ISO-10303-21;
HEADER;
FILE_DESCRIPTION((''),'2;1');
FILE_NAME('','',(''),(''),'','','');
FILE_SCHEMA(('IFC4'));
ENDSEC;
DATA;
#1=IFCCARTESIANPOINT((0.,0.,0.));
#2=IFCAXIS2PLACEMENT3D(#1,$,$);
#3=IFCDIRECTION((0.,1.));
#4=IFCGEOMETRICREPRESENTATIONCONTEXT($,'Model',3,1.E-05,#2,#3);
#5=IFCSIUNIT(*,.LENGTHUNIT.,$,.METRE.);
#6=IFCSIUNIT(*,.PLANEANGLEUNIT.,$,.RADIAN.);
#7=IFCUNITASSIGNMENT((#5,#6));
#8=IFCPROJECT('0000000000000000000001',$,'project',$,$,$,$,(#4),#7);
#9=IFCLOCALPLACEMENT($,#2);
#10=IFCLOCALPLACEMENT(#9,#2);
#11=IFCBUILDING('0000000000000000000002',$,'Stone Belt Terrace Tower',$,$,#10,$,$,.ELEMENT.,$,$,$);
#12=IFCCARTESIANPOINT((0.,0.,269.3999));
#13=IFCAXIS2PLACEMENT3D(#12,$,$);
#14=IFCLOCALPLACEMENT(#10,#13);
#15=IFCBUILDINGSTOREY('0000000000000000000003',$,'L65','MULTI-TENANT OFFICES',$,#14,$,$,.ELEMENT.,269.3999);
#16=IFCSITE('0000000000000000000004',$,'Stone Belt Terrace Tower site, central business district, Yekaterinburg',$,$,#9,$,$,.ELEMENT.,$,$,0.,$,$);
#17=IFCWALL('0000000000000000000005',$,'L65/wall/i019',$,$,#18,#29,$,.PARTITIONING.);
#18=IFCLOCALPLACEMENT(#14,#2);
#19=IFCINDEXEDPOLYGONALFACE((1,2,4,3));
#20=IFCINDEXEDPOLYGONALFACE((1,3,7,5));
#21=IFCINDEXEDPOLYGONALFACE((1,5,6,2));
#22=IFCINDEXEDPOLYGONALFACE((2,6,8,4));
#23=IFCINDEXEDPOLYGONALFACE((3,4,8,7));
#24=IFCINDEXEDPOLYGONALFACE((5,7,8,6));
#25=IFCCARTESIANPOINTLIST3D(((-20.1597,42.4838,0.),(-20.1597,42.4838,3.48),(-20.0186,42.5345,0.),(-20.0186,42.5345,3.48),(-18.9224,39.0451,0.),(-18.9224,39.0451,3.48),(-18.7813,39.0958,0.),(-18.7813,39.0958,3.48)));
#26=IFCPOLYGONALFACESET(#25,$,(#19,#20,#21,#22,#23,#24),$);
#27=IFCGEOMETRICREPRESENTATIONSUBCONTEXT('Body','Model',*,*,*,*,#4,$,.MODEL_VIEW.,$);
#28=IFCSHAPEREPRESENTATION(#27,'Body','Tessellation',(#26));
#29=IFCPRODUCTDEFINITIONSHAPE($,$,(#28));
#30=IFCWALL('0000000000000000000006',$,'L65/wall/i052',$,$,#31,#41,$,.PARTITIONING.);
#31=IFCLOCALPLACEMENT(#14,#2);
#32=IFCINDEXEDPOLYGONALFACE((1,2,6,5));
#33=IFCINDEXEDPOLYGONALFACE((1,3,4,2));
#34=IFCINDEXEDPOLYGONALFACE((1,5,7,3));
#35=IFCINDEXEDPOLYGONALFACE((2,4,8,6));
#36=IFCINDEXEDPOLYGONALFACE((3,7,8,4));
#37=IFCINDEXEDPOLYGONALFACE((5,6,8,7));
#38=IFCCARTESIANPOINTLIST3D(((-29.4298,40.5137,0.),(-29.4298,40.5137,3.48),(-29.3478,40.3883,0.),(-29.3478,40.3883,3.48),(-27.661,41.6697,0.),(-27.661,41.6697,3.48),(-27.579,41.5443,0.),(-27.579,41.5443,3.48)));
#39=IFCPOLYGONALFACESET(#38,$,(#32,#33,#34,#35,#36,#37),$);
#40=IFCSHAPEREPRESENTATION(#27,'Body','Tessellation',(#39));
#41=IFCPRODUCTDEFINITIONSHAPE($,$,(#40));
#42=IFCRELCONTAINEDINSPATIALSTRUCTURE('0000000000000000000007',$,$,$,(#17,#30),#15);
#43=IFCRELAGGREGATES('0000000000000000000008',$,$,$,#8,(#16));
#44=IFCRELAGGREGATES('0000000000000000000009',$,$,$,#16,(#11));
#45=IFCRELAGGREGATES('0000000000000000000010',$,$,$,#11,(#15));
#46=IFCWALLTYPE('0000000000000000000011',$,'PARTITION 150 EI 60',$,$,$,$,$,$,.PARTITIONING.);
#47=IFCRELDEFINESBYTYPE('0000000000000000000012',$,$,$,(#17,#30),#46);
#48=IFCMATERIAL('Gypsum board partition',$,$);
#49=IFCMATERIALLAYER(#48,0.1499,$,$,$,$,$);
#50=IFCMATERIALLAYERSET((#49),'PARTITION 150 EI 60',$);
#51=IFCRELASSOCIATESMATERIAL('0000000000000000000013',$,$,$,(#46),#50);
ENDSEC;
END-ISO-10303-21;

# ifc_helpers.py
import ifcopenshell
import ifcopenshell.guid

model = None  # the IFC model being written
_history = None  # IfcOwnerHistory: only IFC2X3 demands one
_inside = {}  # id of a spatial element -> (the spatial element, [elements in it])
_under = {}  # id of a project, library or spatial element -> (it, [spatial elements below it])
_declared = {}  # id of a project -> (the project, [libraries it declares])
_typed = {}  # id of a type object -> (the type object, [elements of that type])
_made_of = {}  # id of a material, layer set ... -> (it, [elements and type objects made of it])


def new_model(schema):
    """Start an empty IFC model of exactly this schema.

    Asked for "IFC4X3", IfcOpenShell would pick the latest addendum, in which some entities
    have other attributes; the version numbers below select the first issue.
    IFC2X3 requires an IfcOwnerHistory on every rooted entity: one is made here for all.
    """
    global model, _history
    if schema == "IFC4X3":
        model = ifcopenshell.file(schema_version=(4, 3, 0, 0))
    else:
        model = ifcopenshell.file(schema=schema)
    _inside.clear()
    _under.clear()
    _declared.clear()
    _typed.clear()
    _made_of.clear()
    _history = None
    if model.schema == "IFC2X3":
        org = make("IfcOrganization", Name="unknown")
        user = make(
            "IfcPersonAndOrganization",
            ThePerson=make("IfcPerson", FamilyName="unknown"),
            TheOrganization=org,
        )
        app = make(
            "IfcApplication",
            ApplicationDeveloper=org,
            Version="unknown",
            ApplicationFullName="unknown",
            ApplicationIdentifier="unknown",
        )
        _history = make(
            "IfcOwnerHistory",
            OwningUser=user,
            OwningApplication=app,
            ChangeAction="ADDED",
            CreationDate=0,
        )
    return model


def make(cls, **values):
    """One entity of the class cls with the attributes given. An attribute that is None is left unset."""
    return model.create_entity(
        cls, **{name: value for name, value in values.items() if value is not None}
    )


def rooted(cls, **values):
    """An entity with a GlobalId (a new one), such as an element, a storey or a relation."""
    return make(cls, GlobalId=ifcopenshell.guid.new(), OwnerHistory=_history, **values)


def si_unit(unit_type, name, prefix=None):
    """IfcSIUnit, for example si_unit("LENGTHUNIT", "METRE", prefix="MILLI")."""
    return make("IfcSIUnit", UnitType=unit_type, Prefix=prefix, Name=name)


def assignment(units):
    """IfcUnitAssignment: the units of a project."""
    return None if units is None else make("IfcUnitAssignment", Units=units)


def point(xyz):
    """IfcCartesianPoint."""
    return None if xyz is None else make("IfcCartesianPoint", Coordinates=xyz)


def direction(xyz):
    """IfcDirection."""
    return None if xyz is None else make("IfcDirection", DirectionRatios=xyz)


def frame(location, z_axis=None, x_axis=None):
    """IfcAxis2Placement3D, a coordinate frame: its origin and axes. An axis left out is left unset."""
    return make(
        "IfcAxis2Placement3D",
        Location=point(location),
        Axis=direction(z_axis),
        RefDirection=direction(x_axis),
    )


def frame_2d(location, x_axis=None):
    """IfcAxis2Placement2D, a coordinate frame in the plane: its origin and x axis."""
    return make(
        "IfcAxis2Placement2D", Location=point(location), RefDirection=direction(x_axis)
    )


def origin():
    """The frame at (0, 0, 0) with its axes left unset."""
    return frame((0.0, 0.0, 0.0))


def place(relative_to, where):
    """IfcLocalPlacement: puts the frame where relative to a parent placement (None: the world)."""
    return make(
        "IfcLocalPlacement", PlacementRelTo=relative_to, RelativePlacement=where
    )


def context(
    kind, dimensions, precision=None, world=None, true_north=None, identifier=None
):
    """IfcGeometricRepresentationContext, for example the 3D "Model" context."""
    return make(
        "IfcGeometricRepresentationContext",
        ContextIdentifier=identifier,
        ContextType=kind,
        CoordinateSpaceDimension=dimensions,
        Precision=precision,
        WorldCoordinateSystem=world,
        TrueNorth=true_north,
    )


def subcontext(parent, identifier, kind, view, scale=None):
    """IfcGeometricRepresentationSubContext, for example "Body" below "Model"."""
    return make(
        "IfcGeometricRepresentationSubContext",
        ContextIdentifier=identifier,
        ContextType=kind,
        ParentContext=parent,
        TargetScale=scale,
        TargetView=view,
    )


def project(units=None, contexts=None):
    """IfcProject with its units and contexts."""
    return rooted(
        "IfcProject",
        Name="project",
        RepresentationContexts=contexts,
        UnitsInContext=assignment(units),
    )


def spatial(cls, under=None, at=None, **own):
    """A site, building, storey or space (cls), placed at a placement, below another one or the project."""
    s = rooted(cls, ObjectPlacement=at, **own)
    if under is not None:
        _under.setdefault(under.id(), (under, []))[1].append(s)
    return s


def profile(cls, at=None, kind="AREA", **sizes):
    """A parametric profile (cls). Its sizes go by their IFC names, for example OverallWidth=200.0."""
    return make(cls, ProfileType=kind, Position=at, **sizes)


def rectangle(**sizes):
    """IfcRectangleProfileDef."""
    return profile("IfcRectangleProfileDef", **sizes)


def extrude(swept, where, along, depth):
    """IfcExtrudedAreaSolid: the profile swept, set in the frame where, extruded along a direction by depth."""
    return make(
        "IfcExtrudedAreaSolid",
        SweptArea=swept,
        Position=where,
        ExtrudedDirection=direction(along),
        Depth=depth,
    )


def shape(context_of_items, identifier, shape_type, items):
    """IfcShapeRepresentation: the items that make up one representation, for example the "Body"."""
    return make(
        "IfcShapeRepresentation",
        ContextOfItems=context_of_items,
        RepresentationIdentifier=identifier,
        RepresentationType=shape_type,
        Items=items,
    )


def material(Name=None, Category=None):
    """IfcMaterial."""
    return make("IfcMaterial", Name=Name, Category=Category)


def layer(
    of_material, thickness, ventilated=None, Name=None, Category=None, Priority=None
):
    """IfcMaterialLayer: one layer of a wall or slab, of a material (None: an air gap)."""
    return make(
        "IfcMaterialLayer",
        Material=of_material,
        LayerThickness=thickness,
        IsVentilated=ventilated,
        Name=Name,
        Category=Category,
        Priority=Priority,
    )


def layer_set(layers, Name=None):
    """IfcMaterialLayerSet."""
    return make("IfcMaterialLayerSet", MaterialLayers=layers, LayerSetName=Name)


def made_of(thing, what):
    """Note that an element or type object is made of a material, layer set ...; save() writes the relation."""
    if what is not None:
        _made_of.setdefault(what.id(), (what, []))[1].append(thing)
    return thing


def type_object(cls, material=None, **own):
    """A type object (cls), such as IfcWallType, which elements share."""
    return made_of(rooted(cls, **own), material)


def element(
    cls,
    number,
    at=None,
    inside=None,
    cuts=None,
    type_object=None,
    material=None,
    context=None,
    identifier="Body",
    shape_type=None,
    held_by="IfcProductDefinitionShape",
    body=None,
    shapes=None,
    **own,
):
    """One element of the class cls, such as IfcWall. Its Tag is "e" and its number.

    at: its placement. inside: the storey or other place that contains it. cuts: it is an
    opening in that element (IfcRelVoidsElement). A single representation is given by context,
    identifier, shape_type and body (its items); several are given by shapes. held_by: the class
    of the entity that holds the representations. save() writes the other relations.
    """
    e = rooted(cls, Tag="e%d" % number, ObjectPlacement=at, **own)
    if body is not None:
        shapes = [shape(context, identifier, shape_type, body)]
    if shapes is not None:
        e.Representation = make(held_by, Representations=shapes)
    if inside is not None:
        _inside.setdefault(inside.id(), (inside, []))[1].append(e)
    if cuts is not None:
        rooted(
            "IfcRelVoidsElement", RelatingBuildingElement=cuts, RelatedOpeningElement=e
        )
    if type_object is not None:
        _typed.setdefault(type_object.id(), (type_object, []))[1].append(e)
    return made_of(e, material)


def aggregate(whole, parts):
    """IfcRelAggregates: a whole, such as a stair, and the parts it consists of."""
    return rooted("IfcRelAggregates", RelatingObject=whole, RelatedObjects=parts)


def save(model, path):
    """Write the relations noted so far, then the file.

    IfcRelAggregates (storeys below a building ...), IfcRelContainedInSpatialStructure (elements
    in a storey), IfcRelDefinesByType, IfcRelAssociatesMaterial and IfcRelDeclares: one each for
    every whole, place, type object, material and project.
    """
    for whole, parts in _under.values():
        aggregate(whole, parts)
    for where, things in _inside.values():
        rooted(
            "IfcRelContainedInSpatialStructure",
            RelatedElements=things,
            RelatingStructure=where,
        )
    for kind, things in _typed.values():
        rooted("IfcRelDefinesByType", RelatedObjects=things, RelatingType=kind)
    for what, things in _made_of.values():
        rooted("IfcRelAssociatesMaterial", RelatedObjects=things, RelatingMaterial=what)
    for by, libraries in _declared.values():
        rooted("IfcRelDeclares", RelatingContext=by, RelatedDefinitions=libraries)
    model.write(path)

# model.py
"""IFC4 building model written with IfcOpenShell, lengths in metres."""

from ifc_helpers import new_model, si_unit, direction, frame, frame_2d, origin, place, context, subcontext, project, spatial, rectangle, extrude, material, layer, layer_set, type_object, element, save


model = new_model("IFC4")

# Units and contexts
model_context = context("Model", 3, precision=1e-05, world=origin(), true_north=direction((0.0, 1.0)))
body_context = subcontext(model_context, "Body", "Model", "MODEL_VIEW")
ifc_project = project(units=[si_unit("LENGTHUNIT", "METRE"), si_unit("PLANEANGLEUNIT", "RADIAN")], contexts=[model_context])

# Site, building, storey
site_placement = place(None, origin())
site = spatial("IfcSite", under=ifc_project, at=site_placement, Name="Stone Belt Terrace Tower site, central business district, Yekaterinburg", CompositionType="ELEMENT", RefElevation=0.0)
building_placement = place(site_placement, origin())
building = spatial("IfcBuilding", under=site, at=building_placement, Name="Stone Belt Terrace Tower", CompositionType="ELEMENT")
storey_placement = place(building_placement, frame((0.0, 0.0, 269.3999)))
storey = spatial("IfcBuildingStorey", under=building, at=storey_placement, Name="L65", Description="MULTI-TENANT OFFICES", CompositionType="ELEMENT", Elevation=269.3999)

# Shared definitions
ifc_material_1 = material(Name="Gypsum board partition")

# Shared definitions
ifc_layer_1 = layer(ifc_material_1, 0.1499)
ifc_layer_set_1 = layer_set([ifc_layer_1], Name="PARTITION 150 EI 60")
wall_type_1 = type_object("IfcWallType", Name="PARTITION 150 EI 60", PredefinedType="PARTITIONING", material=ifc_layer_set_1)

# Walls
wall_1_placement = place(storey_placement, frame((-20.0891, 42.509, 0.0), z_axis=(0.0, 0.0, 1.0), x_axis=(0.338566, -0.940943, 0.0)))
element("IfcWall", 1, at=wall_1_placement, inside=storey, type_object=wall_type_1, Name="L65/wall/i019", PredefinedType="PARTITIONING", context=body_context, shape_type="SweptSolid", body=[
    extrude(rectangle(XDim=3.6545, YDim=0.1499, at=frame_2d((1.8271, 0.0))), origin(), (0.0, 0.0, 1.0), 3.48),
])
wall_2_placement = place(storey_placement, frame((-29.3889, 40.4509, 0.0), z_axis=(0.0, 0.0, 1.0), x_axis=(0.837082, 0.547078, 0.0)))
element("IfcWall", 2, at=wall_2_placement, inside=storey, type_object=wall_type_1, Name="L65/wall/i052", PredefinedType="PARTITIONING", context=body_context, shape_type="SweptSolid", body=[
    extrude(rectangle(XDim=2.113, YDim=0.1499, at=frame_2d((1.0566, 0.0))), origin(), (0.0, 0.0, 1.0), 3.48),
])

save(model, "model.ifc")
